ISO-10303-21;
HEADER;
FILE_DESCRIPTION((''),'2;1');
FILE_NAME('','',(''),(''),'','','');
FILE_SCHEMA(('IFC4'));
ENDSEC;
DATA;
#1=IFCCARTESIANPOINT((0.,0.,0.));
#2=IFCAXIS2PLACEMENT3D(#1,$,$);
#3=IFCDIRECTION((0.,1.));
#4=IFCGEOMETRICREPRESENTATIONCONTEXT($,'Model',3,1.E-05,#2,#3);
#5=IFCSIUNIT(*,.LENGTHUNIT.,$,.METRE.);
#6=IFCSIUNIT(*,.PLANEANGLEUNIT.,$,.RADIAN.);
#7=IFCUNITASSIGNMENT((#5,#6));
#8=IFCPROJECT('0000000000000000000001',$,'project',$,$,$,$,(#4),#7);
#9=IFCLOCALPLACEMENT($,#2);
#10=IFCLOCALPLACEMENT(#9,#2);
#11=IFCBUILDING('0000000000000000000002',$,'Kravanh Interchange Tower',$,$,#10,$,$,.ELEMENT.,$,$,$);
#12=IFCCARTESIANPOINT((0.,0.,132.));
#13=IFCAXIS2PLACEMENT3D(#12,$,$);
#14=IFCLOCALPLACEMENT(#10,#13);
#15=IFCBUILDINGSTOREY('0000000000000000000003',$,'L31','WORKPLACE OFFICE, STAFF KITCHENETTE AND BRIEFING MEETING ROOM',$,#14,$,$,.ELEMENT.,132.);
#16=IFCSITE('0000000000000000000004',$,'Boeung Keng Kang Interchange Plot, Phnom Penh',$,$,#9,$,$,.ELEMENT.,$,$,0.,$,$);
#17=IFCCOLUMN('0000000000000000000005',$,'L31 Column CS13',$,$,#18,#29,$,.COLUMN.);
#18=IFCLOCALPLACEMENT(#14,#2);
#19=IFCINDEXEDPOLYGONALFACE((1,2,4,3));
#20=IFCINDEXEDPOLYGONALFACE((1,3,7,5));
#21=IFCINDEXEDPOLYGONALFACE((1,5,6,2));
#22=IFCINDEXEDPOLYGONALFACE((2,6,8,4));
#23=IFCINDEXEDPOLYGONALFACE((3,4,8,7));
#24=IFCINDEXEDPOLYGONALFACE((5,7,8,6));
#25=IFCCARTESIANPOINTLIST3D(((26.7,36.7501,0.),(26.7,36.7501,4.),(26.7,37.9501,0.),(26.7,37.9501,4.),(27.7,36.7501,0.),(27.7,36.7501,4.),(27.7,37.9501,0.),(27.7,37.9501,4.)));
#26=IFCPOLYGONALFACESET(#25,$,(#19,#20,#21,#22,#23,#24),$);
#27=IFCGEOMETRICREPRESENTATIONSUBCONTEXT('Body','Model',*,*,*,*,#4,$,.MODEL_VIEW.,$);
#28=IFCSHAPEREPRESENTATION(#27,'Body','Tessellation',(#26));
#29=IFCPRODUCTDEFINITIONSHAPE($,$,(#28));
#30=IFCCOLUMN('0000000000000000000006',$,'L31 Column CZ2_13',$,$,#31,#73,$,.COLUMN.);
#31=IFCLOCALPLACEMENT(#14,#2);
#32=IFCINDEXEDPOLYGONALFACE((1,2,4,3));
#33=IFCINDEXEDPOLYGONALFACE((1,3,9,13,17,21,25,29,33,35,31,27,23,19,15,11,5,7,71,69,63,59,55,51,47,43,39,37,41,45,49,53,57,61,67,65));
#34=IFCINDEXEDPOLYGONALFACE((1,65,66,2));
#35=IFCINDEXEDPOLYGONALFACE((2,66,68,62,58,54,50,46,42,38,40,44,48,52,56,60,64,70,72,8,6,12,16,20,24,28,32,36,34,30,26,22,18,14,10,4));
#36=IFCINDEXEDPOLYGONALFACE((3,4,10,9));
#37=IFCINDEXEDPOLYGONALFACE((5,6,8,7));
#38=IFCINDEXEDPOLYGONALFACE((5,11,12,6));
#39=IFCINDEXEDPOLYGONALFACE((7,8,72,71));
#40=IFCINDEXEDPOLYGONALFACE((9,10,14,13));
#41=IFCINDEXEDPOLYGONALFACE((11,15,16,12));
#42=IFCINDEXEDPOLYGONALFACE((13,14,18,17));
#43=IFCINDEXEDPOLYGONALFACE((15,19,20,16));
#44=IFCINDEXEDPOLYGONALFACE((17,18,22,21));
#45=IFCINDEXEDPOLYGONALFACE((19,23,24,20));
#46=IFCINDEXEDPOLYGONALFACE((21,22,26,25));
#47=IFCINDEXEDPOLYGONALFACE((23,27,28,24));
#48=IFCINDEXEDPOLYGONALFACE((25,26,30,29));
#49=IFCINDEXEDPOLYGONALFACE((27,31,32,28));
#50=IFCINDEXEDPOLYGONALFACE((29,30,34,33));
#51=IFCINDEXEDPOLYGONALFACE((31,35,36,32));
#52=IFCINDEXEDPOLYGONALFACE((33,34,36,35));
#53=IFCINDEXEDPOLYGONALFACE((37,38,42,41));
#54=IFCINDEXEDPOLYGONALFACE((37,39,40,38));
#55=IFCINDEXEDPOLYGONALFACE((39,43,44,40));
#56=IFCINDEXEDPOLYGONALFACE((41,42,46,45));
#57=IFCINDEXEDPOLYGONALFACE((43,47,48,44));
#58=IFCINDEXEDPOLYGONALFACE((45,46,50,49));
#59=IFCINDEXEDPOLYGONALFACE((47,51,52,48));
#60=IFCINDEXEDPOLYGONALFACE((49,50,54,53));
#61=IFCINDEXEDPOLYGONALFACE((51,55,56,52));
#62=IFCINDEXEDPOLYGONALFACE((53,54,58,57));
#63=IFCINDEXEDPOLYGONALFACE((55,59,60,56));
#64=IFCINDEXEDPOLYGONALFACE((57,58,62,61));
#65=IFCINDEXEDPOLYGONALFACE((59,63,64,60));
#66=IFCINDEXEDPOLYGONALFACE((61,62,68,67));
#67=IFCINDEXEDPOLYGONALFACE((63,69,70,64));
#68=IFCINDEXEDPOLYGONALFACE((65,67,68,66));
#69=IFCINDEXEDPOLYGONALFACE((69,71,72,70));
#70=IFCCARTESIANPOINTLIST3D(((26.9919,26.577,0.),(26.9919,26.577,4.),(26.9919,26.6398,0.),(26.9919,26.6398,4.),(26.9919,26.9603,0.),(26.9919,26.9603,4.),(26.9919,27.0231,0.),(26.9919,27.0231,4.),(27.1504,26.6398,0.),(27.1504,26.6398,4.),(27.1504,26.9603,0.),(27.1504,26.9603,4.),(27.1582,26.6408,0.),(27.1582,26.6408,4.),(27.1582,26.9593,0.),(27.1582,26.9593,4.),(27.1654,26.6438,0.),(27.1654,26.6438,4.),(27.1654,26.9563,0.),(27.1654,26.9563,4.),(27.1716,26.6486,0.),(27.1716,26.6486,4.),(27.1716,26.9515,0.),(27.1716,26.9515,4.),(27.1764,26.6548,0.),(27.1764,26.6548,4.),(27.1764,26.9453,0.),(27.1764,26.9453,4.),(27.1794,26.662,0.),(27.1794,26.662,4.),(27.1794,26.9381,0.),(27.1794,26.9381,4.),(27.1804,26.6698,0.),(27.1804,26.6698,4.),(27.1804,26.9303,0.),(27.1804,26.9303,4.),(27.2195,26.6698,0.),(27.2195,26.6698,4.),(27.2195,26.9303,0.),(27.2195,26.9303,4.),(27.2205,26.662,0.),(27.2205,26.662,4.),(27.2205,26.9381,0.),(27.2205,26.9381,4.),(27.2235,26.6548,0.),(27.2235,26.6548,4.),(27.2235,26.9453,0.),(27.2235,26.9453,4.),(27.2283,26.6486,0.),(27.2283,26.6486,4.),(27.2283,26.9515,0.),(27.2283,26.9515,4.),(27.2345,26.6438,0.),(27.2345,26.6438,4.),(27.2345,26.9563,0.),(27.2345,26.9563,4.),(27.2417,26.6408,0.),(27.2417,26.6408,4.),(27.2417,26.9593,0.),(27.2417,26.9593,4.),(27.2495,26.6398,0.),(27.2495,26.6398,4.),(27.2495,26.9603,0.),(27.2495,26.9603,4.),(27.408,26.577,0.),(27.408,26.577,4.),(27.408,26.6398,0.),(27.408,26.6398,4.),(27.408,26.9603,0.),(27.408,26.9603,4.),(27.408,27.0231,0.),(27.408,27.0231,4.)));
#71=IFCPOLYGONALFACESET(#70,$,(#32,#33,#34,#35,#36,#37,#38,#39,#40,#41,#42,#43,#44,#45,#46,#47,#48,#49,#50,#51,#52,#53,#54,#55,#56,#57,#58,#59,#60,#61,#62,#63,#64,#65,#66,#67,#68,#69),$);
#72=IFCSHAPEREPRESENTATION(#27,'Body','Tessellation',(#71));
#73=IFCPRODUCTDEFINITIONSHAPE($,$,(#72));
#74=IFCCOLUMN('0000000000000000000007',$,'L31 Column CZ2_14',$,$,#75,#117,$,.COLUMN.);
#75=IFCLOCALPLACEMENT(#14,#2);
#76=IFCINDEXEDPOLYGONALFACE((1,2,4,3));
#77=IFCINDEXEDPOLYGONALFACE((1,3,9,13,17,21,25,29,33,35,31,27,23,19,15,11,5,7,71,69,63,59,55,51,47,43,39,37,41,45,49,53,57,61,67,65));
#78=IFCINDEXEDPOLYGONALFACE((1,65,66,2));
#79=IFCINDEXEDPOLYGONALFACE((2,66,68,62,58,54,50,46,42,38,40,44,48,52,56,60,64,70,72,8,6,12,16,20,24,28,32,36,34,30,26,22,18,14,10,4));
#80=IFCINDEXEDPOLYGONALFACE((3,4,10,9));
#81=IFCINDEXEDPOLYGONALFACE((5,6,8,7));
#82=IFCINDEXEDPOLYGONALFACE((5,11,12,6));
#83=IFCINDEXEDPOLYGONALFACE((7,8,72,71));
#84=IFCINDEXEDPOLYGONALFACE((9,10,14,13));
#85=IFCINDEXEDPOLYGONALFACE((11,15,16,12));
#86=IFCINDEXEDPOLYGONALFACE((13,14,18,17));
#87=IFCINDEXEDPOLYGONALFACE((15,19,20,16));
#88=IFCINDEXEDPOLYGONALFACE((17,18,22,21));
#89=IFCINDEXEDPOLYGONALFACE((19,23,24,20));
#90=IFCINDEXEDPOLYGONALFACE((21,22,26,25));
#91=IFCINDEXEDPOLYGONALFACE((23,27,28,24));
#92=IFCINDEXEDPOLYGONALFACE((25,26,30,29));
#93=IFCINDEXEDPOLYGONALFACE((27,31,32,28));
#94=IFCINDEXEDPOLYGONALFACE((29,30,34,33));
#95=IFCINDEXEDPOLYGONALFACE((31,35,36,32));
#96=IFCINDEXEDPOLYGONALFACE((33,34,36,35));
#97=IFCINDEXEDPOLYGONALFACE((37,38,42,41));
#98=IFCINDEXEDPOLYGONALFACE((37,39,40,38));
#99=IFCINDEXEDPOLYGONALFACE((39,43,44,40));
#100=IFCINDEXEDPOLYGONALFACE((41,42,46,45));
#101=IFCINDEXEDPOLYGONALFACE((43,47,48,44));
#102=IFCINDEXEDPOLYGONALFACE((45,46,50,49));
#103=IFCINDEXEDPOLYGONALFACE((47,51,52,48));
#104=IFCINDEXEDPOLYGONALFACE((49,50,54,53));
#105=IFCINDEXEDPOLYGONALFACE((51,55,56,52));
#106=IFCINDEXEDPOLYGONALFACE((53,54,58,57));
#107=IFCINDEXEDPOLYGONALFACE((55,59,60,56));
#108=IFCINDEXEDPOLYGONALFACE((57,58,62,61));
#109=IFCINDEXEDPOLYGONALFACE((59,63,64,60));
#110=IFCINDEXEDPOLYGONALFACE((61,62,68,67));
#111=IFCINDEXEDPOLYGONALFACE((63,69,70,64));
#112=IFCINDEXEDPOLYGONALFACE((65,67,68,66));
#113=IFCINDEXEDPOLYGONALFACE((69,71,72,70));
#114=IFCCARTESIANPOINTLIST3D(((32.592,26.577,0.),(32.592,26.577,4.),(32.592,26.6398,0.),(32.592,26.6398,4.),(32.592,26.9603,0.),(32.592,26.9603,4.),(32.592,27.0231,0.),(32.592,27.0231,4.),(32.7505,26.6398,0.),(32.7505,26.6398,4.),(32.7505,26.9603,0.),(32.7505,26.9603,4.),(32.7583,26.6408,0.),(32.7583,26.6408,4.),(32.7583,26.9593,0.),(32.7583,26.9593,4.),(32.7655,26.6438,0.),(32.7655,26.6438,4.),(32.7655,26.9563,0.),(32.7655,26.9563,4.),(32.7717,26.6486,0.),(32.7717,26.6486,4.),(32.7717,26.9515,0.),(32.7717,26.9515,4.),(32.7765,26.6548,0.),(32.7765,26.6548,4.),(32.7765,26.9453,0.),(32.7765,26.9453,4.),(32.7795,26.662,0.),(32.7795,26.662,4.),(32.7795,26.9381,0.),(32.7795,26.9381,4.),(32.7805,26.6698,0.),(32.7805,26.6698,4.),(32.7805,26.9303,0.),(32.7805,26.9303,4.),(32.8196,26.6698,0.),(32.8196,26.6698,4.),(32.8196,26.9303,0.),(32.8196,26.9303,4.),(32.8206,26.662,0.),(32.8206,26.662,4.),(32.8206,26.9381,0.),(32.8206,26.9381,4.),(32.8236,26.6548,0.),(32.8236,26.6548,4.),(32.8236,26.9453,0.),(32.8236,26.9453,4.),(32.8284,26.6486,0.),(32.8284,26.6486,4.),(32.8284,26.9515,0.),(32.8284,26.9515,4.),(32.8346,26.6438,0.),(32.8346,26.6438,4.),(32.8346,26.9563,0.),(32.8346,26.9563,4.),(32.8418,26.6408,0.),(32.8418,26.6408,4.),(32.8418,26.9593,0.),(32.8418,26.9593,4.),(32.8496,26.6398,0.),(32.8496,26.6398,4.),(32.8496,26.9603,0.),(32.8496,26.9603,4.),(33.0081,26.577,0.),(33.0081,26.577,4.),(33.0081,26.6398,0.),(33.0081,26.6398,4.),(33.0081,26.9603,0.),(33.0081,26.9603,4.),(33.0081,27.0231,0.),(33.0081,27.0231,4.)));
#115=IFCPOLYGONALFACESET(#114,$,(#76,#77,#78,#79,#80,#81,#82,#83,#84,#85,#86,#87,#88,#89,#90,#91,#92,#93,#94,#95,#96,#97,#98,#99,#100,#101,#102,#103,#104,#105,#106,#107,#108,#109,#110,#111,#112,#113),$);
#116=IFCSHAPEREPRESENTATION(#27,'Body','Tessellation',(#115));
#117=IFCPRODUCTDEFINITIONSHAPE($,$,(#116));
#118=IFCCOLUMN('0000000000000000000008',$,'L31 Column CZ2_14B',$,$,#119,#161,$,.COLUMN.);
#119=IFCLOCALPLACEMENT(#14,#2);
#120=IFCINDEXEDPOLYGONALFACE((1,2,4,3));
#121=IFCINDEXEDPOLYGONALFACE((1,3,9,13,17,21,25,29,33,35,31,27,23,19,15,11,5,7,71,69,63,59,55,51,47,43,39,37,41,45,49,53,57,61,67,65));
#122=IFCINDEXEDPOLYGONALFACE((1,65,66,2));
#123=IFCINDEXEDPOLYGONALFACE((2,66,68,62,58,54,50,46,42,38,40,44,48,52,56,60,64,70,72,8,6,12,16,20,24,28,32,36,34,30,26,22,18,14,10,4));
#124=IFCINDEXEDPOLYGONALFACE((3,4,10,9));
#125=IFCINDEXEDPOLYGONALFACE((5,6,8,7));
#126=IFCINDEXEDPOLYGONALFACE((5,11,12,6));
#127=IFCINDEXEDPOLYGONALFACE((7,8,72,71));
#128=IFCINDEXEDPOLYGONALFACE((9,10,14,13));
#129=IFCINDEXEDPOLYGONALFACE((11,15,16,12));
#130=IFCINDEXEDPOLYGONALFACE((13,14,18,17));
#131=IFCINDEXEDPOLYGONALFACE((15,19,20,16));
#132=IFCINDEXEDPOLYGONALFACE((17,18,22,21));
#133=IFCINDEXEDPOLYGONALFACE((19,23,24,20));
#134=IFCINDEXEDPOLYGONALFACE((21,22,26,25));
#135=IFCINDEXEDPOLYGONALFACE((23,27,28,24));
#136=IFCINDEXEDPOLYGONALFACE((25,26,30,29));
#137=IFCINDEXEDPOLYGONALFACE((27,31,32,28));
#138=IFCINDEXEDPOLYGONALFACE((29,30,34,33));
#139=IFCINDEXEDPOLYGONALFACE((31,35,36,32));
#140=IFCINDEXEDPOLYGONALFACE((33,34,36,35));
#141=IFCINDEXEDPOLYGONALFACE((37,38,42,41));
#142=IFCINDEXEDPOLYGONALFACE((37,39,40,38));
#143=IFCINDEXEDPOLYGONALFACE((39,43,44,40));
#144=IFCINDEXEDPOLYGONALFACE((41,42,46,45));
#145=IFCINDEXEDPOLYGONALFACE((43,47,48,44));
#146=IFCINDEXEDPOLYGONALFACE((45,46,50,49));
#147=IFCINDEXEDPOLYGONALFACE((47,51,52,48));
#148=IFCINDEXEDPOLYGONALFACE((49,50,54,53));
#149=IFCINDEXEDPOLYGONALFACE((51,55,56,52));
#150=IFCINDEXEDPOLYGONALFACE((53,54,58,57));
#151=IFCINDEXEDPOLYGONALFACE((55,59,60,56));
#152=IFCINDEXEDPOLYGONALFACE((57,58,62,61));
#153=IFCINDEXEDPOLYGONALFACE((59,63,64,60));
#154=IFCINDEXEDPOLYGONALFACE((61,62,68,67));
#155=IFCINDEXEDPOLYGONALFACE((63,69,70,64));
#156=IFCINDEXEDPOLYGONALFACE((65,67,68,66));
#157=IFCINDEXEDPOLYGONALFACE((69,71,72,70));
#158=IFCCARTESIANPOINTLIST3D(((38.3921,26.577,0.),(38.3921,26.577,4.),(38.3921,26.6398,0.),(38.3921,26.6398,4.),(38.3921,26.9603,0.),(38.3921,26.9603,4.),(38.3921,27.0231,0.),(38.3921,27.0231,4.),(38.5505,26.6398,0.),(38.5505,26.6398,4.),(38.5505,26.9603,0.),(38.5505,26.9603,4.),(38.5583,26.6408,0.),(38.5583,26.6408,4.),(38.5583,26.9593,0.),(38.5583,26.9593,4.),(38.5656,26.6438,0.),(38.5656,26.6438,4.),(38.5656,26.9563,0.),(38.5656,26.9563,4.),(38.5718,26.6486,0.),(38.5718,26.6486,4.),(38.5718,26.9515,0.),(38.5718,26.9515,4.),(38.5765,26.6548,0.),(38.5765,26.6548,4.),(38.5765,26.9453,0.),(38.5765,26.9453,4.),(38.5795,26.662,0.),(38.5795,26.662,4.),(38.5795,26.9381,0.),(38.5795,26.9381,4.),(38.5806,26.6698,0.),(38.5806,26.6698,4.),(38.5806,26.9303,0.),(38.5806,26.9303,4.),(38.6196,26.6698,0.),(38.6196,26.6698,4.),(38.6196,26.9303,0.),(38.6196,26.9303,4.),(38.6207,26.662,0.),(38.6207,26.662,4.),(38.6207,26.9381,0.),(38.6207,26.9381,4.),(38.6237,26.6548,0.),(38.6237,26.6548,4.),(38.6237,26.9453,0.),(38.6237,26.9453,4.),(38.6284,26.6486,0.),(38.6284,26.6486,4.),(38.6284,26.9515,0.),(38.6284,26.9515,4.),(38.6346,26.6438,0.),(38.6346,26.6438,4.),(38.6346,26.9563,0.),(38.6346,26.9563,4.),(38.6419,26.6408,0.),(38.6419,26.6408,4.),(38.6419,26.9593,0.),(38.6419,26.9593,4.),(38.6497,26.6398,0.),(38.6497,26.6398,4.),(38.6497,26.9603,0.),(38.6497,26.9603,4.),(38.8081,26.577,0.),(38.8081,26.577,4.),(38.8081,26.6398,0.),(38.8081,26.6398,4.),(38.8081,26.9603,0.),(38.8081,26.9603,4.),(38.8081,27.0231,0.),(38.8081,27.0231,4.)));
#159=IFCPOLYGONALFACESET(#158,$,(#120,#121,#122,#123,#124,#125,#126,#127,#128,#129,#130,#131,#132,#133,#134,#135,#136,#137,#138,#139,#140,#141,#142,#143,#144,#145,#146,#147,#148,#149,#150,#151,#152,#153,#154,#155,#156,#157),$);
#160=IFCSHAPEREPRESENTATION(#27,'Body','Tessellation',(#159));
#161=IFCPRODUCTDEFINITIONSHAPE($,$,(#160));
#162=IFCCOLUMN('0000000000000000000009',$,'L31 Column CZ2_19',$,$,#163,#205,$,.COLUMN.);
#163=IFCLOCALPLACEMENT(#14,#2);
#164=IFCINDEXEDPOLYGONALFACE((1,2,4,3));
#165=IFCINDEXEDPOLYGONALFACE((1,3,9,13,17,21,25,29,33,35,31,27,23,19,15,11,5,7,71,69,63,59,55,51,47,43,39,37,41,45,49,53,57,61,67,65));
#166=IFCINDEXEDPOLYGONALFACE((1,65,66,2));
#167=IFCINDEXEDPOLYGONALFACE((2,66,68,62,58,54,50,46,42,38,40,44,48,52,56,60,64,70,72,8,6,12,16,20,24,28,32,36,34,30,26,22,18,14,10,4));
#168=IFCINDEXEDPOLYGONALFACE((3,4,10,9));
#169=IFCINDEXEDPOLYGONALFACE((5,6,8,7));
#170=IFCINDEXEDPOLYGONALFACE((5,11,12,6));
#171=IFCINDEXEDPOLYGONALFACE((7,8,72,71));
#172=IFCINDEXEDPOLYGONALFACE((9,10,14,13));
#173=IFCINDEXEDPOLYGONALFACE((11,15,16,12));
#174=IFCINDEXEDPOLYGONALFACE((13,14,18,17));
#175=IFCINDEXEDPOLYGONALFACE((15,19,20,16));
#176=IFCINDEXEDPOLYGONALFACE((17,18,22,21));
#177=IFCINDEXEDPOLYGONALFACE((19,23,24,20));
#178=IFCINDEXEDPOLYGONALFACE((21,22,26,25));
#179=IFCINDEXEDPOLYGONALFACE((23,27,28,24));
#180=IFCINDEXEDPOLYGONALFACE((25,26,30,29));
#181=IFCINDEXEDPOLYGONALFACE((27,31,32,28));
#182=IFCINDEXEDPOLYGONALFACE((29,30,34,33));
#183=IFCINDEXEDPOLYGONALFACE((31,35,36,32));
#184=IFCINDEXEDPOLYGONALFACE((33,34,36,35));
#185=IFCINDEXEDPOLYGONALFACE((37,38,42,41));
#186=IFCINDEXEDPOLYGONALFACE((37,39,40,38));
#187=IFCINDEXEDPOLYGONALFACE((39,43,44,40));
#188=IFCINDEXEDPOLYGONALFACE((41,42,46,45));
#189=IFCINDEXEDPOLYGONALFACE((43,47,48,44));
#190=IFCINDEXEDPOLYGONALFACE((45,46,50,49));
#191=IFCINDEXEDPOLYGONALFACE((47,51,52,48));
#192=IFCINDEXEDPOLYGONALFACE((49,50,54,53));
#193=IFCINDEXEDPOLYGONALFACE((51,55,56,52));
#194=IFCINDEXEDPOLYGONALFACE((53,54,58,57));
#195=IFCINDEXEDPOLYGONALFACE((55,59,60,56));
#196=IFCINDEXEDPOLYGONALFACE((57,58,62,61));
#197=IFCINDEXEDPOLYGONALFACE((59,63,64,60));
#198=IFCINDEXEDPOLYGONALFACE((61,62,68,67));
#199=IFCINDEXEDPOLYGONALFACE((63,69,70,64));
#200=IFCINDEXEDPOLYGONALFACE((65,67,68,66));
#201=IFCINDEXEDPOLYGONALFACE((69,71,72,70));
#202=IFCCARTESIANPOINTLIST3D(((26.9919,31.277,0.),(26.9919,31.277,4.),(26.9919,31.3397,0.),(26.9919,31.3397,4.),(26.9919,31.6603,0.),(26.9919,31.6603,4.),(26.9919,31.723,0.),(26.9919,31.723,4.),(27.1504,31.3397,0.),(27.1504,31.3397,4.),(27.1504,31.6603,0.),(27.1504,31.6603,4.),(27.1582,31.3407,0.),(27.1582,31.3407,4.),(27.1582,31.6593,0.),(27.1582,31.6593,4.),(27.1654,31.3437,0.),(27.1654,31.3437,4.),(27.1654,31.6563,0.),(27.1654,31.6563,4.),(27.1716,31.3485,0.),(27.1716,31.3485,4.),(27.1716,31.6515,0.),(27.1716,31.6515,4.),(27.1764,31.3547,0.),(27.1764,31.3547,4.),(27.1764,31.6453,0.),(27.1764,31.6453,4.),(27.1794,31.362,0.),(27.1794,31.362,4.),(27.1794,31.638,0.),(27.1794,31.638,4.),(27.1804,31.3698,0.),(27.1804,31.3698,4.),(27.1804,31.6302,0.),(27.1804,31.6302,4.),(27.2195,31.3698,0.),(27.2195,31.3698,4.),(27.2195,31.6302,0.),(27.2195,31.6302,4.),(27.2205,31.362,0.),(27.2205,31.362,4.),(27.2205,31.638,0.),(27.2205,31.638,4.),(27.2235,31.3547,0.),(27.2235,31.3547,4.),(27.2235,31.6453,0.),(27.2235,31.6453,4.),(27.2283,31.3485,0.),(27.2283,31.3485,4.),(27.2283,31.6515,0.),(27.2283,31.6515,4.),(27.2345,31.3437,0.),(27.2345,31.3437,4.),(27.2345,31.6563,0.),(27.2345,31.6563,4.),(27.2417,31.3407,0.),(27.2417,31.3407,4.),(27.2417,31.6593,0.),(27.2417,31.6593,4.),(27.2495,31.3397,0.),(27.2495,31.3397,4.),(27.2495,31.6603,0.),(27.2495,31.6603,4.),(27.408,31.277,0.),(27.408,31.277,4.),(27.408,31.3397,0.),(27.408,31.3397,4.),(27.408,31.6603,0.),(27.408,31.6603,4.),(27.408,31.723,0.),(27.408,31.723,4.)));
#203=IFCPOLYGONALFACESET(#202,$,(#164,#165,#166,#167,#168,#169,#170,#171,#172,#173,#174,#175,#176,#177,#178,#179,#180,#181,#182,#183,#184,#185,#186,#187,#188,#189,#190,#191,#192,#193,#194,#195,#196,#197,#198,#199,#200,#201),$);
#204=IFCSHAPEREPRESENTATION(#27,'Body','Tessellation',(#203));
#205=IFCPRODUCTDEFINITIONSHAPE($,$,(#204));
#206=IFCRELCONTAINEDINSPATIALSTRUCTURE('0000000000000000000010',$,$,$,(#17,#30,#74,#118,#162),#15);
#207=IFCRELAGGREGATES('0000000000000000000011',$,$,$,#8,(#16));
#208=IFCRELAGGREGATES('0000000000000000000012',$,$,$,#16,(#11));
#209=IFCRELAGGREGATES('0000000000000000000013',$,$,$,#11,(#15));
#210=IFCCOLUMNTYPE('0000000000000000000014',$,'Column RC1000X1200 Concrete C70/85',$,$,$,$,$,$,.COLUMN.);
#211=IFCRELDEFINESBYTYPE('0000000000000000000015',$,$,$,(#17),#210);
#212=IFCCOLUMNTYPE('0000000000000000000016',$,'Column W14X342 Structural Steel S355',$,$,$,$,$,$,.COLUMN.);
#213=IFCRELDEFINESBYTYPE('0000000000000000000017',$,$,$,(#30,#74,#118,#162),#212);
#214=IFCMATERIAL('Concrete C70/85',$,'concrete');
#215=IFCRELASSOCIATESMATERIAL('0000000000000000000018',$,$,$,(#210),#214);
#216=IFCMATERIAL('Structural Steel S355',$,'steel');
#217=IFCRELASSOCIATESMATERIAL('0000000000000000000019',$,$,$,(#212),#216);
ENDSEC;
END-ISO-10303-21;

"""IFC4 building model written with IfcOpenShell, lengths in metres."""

from ifc_helpers import new_model, si_unit, direction, frame, origin, origin_2d, place, context, subcontext, project, spatial, rectangle, i_section, extrude, material, material_profile, profile_set, type_object, element, save


model = new_model("IFC4")

# Units and contexts
model_context = context("Model", 3, precision=1e-05, world=origin(), true_north=direction((0.0, 1.0)))
body_context = subcontext(model_context, "Body", "Model", "MODEL_VIEW")
ifc_project = project(units=[si_unit("LENGTHUNIT", "METRE"), si_unit("PLANEANGLEUNIT", "RADIAN")], contexts=[model_context])

# Site, building, storey
site_placement = place(None, origin())
site = spatial("IfcSite", under=ifc_project, at=site_placement, Name="Boeung Keng Kang Interchange Plot, Phnom Penh", CompositionType="ELEMENT", RefElevation=0.0)
building_placement = place(site_placement, origin())
building = spatial("IfcBuilding", under=site, at=building_placement, Name="Kravanh Interchange Tower", CompositionType="ELEMENT")
storey_placement = place(building_placement, frame((0.0, 0.0, 132.0)))
storey = spatial("IfcBuildingStorey", under=building, at=storey_placement, Name="L31", Description="WORKPLACE OFFICE, STAFF KITCHENETTE AND BRIEFING MEETING ROOM", CompositionType="ELEMENT", Elevation=132.0)

# Columns
ifc_material_1 = material(Name="Concrete C70/85", Category="concrete")
ifc_material_profile_1 = material_profile(ifc_material_1, rectangle(XDim=1.0, YDim=1.2, at=origin_2d()), Name="RC1000X1200")
ifc_profile_set_1 = profile_set([ifc_material_profile_1], Name="Concrete C70/85")
column_type_1 = type_object("IfcColumnType", Name="Column RC1000X1200 Concrete C70/85", PredefinedType="COLUMN", material=ifc_profile_set_1)
column_placement = place(storey_placement, frame((27.2, 37.3501, 0.0), z_axis=(0.0, 0.0, 1.0), x_axis=(1.0, 0.0, 0.0)))
element("IfcColumn", 1, at=column_placement, inside=storey, type_object=column_type_1, Name="L31 Column CS13", PredefinedType="COLUMN", context=body_context, shape_type="SweptSolid", body=[
    extrude(rectangle(XDim=1.0, YDim=1.2, at=origin_2d()), origin(), (0.0, 0.0, 1.0), 4.0),
])
ifc_material_2 = material(Name="Structural Steel S355", Category="steel")
ifc_material_profile_2 = material_profile(ifc_material_2, i_section(OverallWidth=0.416, OverallDepth=0.446, WebThickness=0.0391, FlangeThickness=0.0627, FilletRadius=0.03, at=origin_2d()), Name="W14X342")
ifc_profile_set_2 = profile_set([ifc_material_profile_2], Name="Structural Steel S355")
column_type_2 = type_object("IfcColumnType", Name="Column W14X342 Structural Steel S355", PredefinedType="COLUMN", material=ifc_profile_set_2)
for number, where, z_axis, x_axis, name in (
    (2, (27.2, 26.8, 0.0), (0.0, 0.0, 1.0), (1.0, 0.0, 0.0), "L31 Column CZ2_13"),
    (3, (32.8, 26.8, 0.0), (0.0, 0.0, 1.0), (1.0, 0.0, 0.0), "L31 Column CZ2_14"),
    (4, (38.6001, 26.8, 0.0), (0.0, 0.0, 1.0), (1.0, 0.0, 0.0), "L31 Column CZ2_14B"),
    (5, (27.2, 31.5, 0.0), (0.0, 0.0, 1.0), (1.0, 0.0, 0.0), "L31 Column CZ2_19"),
):
    element("IfcColumn", number, at=place(storey_placement, frame(where, z_axis=z_axis, x_axis=x_axis)), inside=storey, type_object=column_type_2, Name=name, PredefinedType="COLUMN", context=body_context, shape_type="SweptSolid", body=[
        extrude(i_section(OverallWidth=0.416, OverallDepth=0.446, WebThickness=0.0391, FlangeThickness=0.0627, FilletRadius=0.03, at=origin_2d()), origin(), (0.0, 0.0, 1.0), 4.0),
    ])

save(model, "model.ifc")
